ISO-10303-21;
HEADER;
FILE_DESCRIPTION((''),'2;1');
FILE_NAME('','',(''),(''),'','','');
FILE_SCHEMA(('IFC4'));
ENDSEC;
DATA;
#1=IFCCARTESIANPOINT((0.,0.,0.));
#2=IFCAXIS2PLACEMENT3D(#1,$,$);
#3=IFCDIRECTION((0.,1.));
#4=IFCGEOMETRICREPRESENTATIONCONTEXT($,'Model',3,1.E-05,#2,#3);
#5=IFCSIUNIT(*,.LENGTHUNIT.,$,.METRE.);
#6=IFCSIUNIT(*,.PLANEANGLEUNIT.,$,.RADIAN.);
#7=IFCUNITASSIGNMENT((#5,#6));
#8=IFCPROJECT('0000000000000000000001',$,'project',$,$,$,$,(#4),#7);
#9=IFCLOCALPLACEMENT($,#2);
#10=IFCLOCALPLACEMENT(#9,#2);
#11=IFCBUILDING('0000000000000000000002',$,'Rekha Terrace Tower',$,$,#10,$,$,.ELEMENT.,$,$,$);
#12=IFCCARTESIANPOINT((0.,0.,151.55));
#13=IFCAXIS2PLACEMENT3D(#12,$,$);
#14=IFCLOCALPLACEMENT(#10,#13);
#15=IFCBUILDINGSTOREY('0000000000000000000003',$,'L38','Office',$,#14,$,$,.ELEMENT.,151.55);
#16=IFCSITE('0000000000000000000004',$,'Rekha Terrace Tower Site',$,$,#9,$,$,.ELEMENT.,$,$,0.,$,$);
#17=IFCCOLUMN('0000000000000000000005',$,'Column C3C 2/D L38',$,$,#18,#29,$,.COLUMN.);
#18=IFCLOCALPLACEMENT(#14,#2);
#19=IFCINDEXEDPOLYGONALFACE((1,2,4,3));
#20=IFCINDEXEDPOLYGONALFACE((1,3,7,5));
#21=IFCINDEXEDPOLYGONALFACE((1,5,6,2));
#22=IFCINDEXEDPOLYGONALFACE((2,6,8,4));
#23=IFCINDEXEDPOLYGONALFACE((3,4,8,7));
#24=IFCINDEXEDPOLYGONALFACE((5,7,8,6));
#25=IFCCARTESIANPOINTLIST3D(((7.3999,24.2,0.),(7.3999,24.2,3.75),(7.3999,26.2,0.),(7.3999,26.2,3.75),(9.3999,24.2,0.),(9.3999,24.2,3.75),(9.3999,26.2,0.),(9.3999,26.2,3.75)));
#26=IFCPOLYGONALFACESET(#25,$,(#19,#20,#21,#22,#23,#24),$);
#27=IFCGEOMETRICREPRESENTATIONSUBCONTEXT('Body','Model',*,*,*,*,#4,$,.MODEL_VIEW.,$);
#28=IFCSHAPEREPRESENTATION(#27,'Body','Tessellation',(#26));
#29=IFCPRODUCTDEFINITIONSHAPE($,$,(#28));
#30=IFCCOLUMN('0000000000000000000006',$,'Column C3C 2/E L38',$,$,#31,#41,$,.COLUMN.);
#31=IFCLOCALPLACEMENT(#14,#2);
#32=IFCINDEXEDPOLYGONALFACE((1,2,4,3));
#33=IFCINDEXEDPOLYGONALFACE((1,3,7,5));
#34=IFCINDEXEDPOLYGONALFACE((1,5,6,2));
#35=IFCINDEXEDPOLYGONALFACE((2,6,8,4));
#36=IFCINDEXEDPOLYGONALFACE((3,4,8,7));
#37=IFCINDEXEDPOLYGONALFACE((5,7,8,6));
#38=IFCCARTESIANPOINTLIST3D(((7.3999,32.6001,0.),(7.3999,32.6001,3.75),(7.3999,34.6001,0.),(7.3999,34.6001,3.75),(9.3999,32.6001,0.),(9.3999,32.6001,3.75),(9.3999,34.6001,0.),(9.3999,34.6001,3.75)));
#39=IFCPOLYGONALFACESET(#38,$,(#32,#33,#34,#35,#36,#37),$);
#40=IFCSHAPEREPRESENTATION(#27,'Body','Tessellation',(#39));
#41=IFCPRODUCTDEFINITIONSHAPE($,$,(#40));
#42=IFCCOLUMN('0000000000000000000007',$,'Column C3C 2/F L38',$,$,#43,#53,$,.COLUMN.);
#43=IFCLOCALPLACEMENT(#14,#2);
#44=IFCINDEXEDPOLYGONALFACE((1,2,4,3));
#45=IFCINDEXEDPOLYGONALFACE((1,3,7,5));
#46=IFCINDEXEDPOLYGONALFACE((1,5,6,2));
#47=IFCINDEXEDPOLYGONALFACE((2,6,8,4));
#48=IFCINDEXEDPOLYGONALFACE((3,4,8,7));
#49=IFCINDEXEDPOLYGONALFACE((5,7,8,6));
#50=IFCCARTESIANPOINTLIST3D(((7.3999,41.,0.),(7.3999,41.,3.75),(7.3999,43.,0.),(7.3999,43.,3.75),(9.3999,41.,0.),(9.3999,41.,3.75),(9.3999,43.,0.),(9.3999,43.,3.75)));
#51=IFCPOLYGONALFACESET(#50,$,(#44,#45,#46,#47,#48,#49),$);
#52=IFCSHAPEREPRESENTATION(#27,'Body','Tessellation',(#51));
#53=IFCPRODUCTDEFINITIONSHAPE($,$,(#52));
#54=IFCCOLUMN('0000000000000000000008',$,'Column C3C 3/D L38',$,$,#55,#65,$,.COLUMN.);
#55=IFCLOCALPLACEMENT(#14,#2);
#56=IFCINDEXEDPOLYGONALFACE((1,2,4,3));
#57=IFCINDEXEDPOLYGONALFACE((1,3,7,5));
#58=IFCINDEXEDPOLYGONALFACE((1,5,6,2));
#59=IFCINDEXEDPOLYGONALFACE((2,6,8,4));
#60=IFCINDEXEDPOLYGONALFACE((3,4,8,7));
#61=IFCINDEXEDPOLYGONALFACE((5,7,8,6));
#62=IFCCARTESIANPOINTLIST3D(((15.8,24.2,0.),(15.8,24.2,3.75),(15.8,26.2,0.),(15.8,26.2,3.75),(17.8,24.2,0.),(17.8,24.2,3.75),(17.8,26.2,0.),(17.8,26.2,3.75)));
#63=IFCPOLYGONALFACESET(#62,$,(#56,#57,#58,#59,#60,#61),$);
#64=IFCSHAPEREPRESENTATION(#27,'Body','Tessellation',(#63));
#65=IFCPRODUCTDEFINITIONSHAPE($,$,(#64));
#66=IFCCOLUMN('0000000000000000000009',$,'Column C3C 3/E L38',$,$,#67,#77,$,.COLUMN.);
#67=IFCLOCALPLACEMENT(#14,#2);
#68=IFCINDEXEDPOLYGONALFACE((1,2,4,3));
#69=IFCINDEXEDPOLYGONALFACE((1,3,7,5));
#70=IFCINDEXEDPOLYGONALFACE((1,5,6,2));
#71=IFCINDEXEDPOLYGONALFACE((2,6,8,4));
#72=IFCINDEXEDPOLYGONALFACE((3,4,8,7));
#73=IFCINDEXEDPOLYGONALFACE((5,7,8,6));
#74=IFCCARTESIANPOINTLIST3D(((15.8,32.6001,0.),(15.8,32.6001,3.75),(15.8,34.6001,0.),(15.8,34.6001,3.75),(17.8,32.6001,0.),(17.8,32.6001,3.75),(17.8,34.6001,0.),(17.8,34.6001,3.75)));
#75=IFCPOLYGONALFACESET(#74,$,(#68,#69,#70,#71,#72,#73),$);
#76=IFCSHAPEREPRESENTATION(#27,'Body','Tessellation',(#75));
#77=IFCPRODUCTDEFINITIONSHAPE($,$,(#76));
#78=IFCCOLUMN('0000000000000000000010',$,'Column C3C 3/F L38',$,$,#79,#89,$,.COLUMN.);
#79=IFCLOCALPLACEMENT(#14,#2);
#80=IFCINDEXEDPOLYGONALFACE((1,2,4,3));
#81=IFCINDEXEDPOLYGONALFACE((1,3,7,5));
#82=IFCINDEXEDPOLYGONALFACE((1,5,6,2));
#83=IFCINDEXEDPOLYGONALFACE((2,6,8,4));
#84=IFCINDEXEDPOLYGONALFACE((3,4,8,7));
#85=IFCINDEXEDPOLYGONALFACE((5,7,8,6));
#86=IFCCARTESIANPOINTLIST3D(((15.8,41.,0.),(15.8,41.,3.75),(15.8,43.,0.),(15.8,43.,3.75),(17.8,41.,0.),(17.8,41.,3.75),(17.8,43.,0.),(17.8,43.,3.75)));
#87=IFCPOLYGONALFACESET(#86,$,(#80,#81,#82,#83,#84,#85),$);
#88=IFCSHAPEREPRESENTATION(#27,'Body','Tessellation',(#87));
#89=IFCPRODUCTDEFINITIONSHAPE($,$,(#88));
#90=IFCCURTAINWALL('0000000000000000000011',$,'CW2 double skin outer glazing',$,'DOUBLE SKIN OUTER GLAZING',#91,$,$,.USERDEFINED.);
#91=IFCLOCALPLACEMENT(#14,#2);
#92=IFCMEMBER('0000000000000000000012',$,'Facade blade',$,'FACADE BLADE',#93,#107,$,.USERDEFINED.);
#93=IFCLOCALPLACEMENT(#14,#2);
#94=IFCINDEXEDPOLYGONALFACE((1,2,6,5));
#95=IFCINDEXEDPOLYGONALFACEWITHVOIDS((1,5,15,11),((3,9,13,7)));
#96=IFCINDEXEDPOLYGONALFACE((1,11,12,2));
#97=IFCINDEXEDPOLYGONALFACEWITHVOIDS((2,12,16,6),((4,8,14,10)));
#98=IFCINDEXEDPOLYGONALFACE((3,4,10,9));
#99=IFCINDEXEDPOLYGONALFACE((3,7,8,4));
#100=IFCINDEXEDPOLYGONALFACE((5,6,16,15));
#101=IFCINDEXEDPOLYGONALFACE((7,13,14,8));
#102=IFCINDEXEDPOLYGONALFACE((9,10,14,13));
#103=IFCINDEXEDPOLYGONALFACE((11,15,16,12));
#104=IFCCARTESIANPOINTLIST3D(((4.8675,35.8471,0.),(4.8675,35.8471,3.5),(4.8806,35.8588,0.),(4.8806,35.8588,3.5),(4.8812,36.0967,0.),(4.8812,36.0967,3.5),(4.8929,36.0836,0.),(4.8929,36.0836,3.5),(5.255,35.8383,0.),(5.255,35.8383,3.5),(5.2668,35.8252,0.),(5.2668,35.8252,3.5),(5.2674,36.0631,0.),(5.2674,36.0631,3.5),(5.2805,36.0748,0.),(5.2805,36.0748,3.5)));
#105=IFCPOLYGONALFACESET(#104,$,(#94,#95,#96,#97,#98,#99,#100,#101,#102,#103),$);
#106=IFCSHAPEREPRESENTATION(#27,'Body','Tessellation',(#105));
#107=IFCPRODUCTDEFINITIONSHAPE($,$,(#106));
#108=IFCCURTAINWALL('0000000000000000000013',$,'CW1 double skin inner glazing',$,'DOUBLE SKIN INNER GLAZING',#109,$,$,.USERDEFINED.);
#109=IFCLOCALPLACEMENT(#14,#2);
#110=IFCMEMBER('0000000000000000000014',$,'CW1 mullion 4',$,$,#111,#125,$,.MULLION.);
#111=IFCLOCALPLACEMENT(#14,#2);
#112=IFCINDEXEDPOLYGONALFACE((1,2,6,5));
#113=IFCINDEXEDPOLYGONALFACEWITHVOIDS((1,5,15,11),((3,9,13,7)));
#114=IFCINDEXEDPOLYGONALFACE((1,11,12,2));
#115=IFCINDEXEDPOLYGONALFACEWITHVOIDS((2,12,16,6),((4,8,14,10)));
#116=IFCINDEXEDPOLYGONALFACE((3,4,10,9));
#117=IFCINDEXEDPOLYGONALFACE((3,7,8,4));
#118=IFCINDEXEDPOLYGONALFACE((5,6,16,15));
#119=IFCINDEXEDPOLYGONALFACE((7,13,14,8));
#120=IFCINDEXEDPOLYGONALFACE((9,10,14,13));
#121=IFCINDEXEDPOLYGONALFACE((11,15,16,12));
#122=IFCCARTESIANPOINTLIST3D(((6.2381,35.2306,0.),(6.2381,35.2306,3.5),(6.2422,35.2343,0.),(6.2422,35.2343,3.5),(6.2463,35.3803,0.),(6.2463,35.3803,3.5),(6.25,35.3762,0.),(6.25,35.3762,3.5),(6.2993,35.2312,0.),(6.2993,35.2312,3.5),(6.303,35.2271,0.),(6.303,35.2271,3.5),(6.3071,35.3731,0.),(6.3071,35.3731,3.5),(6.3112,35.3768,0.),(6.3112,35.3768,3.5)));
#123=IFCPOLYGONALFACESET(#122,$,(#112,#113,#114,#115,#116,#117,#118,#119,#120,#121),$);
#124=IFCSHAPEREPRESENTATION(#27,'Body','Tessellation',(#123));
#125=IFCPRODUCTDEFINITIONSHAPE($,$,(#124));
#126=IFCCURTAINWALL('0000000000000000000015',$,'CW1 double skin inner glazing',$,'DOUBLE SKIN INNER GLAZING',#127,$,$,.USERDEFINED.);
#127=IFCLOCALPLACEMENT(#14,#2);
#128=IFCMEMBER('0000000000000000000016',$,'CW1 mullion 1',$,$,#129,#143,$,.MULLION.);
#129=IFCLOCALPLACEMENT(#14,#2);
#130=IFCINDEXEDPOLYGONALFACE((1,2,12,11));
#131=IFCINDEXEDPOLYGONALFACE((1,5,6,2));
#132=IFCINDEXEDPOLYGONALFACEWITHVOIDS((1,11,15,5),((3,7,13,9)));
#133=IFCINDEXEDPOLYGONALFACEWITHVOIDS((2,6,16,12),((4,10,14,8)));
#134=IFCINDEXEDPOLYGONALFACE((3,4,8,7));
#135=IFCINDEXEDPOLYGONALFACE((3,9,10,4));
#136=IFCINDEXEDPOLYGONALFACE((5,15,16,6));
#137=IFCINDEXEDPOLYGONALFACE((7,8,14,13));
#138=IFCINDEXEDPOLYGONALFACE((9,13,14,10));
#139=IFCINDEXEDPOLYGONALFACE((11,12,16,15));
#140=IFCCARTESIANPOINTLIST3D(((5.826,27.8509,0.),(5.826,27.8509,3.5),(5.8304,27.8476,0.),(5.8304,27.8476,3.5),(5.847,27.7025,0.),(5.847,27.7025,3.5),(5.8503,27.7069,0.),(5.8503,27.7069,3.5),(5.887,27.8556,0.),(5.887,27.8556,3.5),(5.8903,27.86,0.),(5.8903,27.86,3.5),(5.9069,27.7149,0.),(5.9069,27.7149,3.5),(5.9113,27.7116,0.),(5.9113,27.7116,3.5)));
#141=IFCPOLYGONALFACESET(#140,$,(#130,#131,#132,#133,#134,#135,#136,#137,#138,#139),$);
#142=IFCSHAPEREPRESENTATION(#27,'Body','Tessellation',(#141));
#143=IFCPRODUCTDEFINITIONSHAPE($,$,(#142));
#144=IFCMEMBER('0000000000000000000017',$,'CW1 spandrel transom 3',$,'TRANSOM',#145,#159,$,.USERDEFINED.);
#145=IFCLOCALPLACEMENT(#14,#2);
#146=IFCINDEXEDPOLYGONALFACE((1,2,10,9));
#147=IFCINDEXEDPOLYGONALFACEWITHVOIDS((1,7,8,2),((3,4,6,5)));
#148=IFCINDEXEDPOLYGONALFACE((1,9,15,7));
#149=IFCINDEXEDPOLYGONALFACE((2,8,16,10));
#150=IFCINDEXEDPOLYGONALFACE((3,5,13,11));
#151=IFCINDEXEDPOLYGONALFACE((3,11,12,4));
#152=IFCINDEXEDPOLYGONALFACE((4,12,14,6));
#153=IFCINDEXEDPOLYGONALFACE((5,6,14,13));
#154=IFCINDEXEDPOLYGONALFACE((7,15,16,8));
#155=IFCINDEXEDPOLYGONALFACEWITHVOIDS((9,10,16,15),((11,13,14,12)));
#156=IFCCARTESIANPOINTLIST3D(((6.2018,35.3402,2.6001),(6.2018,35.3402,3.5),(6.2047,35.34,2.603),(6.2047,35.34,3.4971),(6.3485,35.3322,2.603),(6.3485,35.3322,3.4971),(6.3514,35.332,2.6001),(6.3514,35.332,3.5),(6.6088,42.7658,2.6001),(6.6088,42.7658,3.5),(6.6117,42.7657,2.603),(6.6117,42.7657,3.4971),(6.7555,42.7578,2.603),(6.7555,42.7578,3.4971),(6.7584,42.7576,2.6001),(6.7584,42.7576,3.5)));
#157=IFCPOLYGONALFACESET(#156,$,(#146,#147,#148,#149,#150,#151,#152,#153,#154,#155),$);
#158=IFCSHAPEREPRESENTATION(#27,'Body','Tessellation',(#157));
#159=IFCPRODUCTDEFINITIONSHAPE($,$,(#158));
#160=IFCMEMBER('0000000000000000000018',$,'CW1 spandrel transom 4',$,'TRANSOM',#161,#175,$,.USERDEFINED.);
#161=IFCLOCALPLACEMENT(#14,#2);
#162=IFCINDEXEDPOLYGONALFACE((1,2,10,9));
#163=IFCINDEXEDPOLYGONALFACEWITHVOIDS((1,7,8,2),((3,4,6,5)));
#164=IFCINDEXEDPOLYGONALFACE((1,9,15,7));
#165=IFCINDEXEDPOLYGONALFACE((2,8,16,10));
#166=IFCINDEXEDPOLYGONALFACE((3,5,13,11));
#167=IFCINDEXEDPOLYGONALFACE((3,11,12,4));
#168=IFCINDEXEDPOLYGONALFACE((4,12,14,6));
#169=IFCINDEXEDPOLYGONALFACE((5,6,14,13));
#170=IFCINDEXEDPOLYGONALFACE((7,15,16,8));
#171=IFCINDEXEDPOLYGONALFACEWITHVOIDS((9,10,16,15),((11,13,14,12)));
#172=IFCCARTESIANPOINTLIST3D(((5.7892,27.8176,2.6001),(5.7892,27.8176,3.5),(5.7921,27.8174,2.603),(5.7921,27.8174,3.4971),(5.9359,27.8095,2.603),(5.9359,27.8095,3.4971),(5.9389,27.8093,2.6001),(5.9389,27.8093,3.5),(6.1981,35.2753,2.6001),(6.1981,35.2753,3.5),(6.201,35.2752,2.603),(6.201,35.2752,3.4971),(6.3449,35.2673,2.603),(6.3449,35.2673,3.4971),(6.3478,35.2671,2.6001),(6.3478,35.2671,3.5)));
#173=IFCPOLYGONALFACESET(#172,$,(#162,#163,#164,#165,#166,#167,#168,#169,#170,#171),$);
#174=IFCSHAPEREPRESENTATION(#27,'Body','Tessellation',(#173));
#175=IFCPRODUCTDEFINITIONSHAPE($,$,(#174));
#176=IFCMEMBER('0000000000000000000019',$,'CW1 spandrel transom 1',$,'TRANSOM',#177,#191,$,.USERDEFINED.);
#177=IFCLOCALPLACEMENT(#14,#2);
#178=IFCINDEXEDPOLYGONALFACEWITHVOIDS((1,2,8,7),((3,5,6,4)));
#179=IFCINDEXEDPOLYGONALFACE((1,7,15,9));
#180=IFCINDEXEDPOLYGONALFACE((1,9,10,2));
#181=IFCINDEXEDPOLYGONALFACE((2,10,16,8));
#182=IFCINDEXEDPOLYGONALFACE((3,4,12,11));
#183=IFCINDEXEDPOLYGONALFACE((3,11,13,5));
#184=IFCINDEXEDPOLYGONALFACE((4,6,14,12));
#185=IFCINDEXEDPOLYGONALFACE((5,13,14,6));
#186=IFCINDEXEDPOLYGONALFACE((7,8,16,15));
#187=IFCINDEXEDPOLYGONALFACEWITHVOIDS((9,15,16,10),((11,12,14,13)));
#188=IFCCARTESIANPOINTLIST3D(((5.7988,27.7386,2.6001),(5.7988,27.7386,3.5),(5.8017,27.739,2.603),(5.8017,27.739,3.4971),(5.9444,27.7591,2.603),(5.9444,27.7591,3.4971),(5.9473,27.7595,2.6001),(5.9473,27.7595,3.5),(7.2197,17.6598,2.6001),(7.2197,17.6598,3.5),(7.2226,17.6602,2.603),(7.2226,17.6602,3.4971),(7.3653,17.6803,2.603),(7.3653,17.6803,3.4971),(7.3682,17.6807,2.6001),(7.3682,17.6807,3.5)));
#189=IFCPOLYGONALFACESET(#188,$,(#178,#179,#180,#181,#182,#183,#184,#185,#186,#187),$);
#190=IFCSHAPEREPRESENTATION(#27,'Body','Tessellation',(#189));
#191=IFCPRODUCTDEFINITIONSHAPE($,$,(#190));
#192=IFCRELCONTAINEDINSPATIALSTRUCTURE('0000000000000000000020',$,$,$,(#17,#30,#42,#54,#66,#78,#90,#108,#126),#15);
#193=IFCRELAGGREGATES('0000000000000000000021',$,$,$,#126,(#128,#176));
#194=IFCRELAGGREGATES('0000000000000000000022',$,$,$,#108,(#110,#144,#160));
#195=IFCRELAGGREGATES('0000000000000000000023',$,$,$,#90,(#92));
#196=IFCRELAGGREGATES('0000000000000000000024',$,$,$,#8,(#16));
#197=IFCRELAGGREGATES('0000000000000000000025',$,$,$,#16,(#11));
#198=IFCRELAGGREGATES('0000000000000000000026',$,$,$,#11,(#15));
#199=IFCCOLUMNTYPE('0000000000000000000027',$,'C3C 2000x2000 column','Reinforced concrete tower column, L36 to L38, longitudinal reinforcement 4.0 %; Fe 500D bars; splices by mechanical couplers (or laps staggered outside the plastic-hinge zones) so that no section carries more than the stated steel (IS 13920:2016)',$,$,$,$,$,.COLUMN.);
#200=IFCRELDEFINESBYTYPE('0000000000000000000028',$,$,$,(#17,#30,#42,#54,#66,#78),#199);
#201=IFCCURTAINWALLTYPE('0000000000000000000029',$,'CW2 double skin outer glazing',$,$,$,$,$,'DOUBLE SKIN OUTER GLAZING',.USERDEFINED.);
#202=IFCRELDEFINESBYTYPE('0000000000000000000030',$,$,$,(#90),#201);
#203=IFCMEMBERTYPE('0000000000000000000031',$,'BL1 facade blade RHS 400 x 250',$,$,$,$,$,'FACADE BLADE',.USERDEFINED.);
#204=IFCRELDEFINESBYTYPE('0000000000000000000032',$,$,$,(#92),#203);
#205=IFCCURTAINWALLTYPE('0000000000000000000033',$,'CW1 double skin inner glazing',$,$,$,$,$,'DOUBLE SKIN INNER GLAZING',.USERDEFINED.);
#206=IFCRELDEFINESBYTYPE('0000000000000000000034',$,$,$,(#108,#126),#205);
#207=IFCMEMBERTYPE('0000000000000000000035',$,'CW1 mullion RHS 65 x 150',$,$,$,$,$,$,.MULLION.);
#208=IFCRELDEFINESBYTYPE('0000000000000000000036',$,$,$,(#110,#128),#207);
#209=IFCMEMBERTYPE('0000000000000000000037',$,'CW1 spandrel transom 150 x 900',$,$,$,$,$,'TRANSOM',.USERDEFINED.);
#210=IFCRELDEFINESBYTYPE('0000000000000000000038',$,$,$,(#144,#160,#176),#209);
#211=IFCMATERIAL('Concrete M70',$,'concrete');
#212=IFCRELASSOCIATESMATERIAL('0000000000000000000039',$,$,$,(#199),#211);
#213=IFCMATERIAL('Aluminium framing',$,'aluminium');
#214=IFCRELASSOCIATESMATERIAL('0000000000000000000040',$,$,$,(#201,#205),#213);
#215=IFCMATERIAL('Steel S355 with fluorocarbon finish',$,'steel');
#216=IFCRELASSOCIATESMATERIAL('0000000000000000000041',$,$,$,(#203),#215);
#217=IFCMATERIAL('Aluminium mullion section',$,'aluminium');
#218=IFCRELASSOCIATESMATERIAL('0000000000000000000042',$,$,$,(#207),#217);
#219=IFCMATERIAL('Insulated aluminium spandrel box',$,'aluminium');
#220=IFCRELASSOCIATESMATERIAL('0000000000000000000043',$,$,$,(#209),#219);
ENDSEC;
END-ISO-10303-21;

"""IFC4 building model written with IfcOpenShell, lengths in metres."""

from ifc_helpers import new_model, si_unit, direction, frame, origin, origin_2d, place, context, subcontext, project, spatial, rectangle, hollow_rectangle, extrude, material, material_profile, profile_set, type_object, element, aggregate, save


model = new_model("IFC4")

# Units and contexts
model_context = context("Model", 3, precision=1e-05, world=origin(), true_north=direction((0.0, 1.0)))
body_context = subcontext(model_context, "Body", "Model", "MODEL_VIEW")
ifc_project = project(units=[si_unit("LENGTHUNIT", "METRE"), si_unit("PLANEANGLEUNIT", "RADIAN")], contexts=[model_context])

# Site, building, storey
site_placement = place(None, origin())
site = spatial("IfcSite", under=ifc_project, at=site_placement, Name="Rekha Terrace Tower Site", CompositionType="ELEMENT", RefElevation=0.0)
building_placement = place(site_placement, origin())
building = spatial("IfcBuilding", under=site, at=building_placement, Name="Rekha Terrace Tower", CompositionType="ELEMENT")
storey_placement = place(building_placement, frame((0.0, 0.0, 151.55)))
storey = spatial("IfcBuildingStorey", under=building, at=storey_placement, Name="L38", Description="Office", CompositionType="ELEMENT", Elevation=151.55)

# Columns
ifc_material_1 = material(Name="Concrete M70", Category="concrete")
ifc_material_profile_1 = material_profile(ifc_material_1, rectangle(XDim=2.0, YDim=2.0, at=origin_2d()), Name="RC 2000x2000")
ifc_profile_set_1 = profile_set([ifc_material_profile_1], Name="Concrete M70")
column_type = type_object("IfcColumnType", Name="C3C 2000x2000 column", Description="Reinforced concrete tower column, L36 to L38, longitudinal reinforcement 4.0 %; Fe 500D bars; splices by mechanical couplers (or laps staggered outside the plastic-hinge zones) so that no section carries more than the stated steel (IS 13920:2016)", PredefinedType="COLUMN", material=ifc_profile_set_1)
for number, where, z_axis, x_axis, name in (
    (1, (8.3999, 25.2, 0.0), (0.0, 0.0, 1.0), (1.0, 0.0, 0.0), "Column C3C 2/D L38"),
    (2, (8.3999, 33.6001, 0.0), (0.0, 0.0, 1.0), (1.0, 0.0, 0.0), "Column C3C 2/E L38"),
    (3, (8.3999, 42.0, 0.0), (0.0, 0.0, 1.0), (1.0, 0.0, 0.0), "Column C3C 2/F L38"),
    (4, (16.8, 25.2, 0.0), (0.0, 0.0, 1.0), (1.0, 0.0, 0.0), "Column C3C 3/D L38"),
    (5, (16.8, 33.6001, 0.0), (0.0, 0.0, 1.0), (1.0, 0.0, 0.0), "Column C3C 3/E L38"),
    (6, (16.8, 42.0, 0.0), (0.0, 0.0, 1.0), (1.0, 0.0, 0.0), "Column C3C 3/F L38"),
):
    element("IfcColumn", number, at=place(storey_placement, frame(where, z_axis=z_axis, x_axis=x_axis)), inside=storey, type_object=column_type, Name=name, PredefinedType="COLUMN", context=body_context, shape_type="SweptSolid", body=[
        extrude(rectangle(XDim=2.0, YDim=2.0, at=origin_2d()), origin(), (0.0, 0.0, 1.0), 3.75),
    ])

# Curtain walls, members
ifc_material_2 = material(Name="Aluminium framing", Category="aluminium")
curtain_wall_type_1 = type_object("IfcCurtainWallType", Name="CW2 double skin outer glazing", ElementType="DOUBLE SKIN OUTER GLAZING", PredefinedType="USERDEFINED", material=ifc_material_2)
curtain_wall_1_placement = place(storey_placement, origin())
curtain_wall_1 = element("IfcCurtainWall", 7, at=curtain_wall_1_placement, inside=storey, type_object=curtain_wall_type_1, Name="CW2 double skin outer glazing", ObjectType="DOUBLE SKIN OUTER GLAZING", PredefinedType="USERDEFINED")
ifc_material_3 = material(Name="Steel S355 with fluorocarbon finish", Category="steel")
ifc_material_profile_2 = material_profile(ifc_material_3, hollow_rectangle(XDim=0.25, YDim=0.3999, WallThickness=0.0125, at=origin_2d()), Name="RHS400x250x12.5")
ifc_profile_set_2 = profile_set([ifc_material_profile_2], Name="Steel S355 with fluorocarbon finish")
member_type_1 = type_object("IfcMemberType", Name="BL1 facade blade RHS 400 x 250", ElementType="FACADE BLADE", PredefinedType="USERDEFINED", material=ifc_profile_set_2)
member_1_placement = place(storey_placement, frame((5.074, 35.9609, 0.0), z_axis=(0.0, 0.0, 1.0), x_axis=(-0.054743, -0.9985, 0.0)))
member_1 = element("IfcMember", 8, at=member_1_placement, type_object=member_type_1, Name="Facade blade", ObjectType="FACADE BLADE", PredefinedType="USERDEFINED", context=body_context, shape_type="SweptSolid", body=[
    extrude(hollow_rectangle(XDim=0.25, YDim=0.3999, WallThickness=0.0125, at=origin_2d()), origin(), (0.0, 0.0, 1.0), 3.5),
])
curtain_wall_type_2 = type_object("IfcCurtainWallType", Name="CW1 double skin inner glazing", ElementType="DOUBLE SKIN INNER GLAZING", PredefinedType="USERDEFINED", material=ifc_material_2)
curtain_wall_2_placement = place(storey_placement, origin())
curtain_wall_2 = element("IfcCurtainWall", 9, at=curtain_wall_2_placement, inside=storey, type_object=curtain_wall_type_2, Name="CW1 double skin inner glazing", ObjectType="DOUBLE SKIN INNER GLAZING", PredefinedType="USERDEFINED")
ifc_material_4 = material(Name="Aluminium mullion section", Category="aluminium")
ifc_material_profile_3 = material_profile(ifc_material_4, hollow_rectangle(XDim=0.0649, YDim=0.1499, WallThickness=0.0039, at=origin_2d()), Name="AL RHS 65x150")
ifc_profile_set_3 = profile_set([ifc_material_profile_3], Name="Aluminium mullion section")
member_type_2 = type_object("IfcMemberType", Name="CW1 mullion RHS 65 x 150", PredefinedType="MULLION", material=ifc_profile_set_3)
member_2_placement = place(storey_placement, frame((6.2747, 35.3037, 0.0), z_axis=(0.0, 0.0, 1.0), x_axis=(0.998501, -0.054742, 0.0)))
member_2 = element("IfcMember", 10, at=member_2_placement, type_object=member_type_2, Name="CW1 mullion 4", PredefinedType="MULLION", context=body_context, shape_type="SweptSolid", body=[
    extrude(hollow_rectangle(XDim=0.0649, YDim=0.1499, WallThickness=0.0039, at=origin_2d()), origin(), (0.0, 0.0, 1.0), 3.5),
])
curtain_wall_3_placement = place(storey_placement, origin())
curtain_wall_3 = element("IfcCurtainWall", 11, at=curtain_wall_3_placement, inside=storey, type_object=curtain_wall_type_2, Name="CW1 double skin inner glazing", ObjectType="DOUBLE SKIN INNER GLAZING", PredefinedType="USERDEFINED")
member_3_placement = place(storey_placement, frame((5.8687, 27.7812, 0.0), z_axis=(0.0, 0.0, 1.0), x_axis=(0.990208, 0.139597, 0.0)))
member_3 = element("IfcMember", 12, at=member_3_placement, type_object=member_type_2, Name="CW1 mullion 1", PredefinedType="MULLION", context=body_context, shape_type="SweptSolid", body=[
    extrude(hollow_rectangle(XDim=0.0649, YDim=0.1499, WallThickness=0.0039, at=origin_2d()), origin(), (0.0, 0.0, 1.0), 3.5),
])

# Members
ifc_material_5 = material(Name="Insulated aluminium spandrel box", Category="aluminium")
ifc_material_profile_4 = material_profile(ifc_material_5, hollow_rectangle(XDim=0.1499, YDim=0.8999, WallThickness=0.0029, at=origin_2d()), Name="AL SPANDREL BOX 150x900")
ifc_profile_set_4 = profile_set([ifc_material_profile_4], Name="Insulated aluminium spandrel box")
member_type_3 = type_object("IfcMemberType", Name="CW1 spandrel transom 150 x 900", ElementType="TRANSOM", PredefinedType="USERDEFINED", material=ifc_profile_set_4)
member_4_placement = place(storey_placement, frame((6.6836, 42.7617, 3.05), z_axis=(-0.054726, -0.998501, 0.0), x_axis=(0.998501, -0.054726, 0.0)))
member_4 = element("IfcMember", 13, at=member_4_placement, type_object=member_type_3, Name="CW1 spandrel transom 3", ObjectType="TRANSOM", PredefinedType="USERDEFINED", context=body_context, shape_type="SweptSolid", body=[
    extrude(hollow_rectangle(XDim=0.1499, YDim=0.8999, WallThickness=0.0029, at=origin_2d()), origin(), (0.0, 0.0, 1.0), 7.4368),
])
member_5_placement = place(storey_placement, frame((6.2729, 35.2712, 3.05), z_axis=(-0.054751, -0.9985, 0.0), x_axis=(0.9985, -0.054751, 0.0)))
member_5 = element("IfcMember", 14, at=member_5_placement, type_object=member_type_3, Name="CW1 spandrel transom 4", ObjectType="TRANSOM", PredefinedType="USERDEFINED", context=body_context, shape_type="SweptSolid", body=[
    extrude(hollow_rectangle(XDim=0.1499, YDim=0.8999, WallThickness=0.0029, at=origin_2d()), origin(), (0.0, 0.0, 1.0), 7.469),
])
member_6_placement = place(storey_placement, frame((5.873, 27.749, 3.05), z_axis=(0.139598, -0.990208, 0.0), x_axis=(0.990208, 0.139598, 0.0)))
member_6 = element("IfcMember", 15, at=member_6_placement, type_object=member_type_3, Name="CW1 spandrel transom 1", ObjectType="TRANSOM", PredefinedType="USERDEFINED", context=body_context, shape_type="SweptSolid", body=[
    extrude(hollow_rectangle(XDim=0.1499, YDim=0.8999, WallThickness=0.0029, at=origin_2d()), origin(), (0.0, 0.0, 1.0), 10.1785),
])
aggregate(curtain_wall_3, [member_3, member_6])

aggregate(curtain_wall_2, [member_2, member_4, member_5])
aggregate(curtain_wall_1, [member_1])

save(model, "model.ifc")
